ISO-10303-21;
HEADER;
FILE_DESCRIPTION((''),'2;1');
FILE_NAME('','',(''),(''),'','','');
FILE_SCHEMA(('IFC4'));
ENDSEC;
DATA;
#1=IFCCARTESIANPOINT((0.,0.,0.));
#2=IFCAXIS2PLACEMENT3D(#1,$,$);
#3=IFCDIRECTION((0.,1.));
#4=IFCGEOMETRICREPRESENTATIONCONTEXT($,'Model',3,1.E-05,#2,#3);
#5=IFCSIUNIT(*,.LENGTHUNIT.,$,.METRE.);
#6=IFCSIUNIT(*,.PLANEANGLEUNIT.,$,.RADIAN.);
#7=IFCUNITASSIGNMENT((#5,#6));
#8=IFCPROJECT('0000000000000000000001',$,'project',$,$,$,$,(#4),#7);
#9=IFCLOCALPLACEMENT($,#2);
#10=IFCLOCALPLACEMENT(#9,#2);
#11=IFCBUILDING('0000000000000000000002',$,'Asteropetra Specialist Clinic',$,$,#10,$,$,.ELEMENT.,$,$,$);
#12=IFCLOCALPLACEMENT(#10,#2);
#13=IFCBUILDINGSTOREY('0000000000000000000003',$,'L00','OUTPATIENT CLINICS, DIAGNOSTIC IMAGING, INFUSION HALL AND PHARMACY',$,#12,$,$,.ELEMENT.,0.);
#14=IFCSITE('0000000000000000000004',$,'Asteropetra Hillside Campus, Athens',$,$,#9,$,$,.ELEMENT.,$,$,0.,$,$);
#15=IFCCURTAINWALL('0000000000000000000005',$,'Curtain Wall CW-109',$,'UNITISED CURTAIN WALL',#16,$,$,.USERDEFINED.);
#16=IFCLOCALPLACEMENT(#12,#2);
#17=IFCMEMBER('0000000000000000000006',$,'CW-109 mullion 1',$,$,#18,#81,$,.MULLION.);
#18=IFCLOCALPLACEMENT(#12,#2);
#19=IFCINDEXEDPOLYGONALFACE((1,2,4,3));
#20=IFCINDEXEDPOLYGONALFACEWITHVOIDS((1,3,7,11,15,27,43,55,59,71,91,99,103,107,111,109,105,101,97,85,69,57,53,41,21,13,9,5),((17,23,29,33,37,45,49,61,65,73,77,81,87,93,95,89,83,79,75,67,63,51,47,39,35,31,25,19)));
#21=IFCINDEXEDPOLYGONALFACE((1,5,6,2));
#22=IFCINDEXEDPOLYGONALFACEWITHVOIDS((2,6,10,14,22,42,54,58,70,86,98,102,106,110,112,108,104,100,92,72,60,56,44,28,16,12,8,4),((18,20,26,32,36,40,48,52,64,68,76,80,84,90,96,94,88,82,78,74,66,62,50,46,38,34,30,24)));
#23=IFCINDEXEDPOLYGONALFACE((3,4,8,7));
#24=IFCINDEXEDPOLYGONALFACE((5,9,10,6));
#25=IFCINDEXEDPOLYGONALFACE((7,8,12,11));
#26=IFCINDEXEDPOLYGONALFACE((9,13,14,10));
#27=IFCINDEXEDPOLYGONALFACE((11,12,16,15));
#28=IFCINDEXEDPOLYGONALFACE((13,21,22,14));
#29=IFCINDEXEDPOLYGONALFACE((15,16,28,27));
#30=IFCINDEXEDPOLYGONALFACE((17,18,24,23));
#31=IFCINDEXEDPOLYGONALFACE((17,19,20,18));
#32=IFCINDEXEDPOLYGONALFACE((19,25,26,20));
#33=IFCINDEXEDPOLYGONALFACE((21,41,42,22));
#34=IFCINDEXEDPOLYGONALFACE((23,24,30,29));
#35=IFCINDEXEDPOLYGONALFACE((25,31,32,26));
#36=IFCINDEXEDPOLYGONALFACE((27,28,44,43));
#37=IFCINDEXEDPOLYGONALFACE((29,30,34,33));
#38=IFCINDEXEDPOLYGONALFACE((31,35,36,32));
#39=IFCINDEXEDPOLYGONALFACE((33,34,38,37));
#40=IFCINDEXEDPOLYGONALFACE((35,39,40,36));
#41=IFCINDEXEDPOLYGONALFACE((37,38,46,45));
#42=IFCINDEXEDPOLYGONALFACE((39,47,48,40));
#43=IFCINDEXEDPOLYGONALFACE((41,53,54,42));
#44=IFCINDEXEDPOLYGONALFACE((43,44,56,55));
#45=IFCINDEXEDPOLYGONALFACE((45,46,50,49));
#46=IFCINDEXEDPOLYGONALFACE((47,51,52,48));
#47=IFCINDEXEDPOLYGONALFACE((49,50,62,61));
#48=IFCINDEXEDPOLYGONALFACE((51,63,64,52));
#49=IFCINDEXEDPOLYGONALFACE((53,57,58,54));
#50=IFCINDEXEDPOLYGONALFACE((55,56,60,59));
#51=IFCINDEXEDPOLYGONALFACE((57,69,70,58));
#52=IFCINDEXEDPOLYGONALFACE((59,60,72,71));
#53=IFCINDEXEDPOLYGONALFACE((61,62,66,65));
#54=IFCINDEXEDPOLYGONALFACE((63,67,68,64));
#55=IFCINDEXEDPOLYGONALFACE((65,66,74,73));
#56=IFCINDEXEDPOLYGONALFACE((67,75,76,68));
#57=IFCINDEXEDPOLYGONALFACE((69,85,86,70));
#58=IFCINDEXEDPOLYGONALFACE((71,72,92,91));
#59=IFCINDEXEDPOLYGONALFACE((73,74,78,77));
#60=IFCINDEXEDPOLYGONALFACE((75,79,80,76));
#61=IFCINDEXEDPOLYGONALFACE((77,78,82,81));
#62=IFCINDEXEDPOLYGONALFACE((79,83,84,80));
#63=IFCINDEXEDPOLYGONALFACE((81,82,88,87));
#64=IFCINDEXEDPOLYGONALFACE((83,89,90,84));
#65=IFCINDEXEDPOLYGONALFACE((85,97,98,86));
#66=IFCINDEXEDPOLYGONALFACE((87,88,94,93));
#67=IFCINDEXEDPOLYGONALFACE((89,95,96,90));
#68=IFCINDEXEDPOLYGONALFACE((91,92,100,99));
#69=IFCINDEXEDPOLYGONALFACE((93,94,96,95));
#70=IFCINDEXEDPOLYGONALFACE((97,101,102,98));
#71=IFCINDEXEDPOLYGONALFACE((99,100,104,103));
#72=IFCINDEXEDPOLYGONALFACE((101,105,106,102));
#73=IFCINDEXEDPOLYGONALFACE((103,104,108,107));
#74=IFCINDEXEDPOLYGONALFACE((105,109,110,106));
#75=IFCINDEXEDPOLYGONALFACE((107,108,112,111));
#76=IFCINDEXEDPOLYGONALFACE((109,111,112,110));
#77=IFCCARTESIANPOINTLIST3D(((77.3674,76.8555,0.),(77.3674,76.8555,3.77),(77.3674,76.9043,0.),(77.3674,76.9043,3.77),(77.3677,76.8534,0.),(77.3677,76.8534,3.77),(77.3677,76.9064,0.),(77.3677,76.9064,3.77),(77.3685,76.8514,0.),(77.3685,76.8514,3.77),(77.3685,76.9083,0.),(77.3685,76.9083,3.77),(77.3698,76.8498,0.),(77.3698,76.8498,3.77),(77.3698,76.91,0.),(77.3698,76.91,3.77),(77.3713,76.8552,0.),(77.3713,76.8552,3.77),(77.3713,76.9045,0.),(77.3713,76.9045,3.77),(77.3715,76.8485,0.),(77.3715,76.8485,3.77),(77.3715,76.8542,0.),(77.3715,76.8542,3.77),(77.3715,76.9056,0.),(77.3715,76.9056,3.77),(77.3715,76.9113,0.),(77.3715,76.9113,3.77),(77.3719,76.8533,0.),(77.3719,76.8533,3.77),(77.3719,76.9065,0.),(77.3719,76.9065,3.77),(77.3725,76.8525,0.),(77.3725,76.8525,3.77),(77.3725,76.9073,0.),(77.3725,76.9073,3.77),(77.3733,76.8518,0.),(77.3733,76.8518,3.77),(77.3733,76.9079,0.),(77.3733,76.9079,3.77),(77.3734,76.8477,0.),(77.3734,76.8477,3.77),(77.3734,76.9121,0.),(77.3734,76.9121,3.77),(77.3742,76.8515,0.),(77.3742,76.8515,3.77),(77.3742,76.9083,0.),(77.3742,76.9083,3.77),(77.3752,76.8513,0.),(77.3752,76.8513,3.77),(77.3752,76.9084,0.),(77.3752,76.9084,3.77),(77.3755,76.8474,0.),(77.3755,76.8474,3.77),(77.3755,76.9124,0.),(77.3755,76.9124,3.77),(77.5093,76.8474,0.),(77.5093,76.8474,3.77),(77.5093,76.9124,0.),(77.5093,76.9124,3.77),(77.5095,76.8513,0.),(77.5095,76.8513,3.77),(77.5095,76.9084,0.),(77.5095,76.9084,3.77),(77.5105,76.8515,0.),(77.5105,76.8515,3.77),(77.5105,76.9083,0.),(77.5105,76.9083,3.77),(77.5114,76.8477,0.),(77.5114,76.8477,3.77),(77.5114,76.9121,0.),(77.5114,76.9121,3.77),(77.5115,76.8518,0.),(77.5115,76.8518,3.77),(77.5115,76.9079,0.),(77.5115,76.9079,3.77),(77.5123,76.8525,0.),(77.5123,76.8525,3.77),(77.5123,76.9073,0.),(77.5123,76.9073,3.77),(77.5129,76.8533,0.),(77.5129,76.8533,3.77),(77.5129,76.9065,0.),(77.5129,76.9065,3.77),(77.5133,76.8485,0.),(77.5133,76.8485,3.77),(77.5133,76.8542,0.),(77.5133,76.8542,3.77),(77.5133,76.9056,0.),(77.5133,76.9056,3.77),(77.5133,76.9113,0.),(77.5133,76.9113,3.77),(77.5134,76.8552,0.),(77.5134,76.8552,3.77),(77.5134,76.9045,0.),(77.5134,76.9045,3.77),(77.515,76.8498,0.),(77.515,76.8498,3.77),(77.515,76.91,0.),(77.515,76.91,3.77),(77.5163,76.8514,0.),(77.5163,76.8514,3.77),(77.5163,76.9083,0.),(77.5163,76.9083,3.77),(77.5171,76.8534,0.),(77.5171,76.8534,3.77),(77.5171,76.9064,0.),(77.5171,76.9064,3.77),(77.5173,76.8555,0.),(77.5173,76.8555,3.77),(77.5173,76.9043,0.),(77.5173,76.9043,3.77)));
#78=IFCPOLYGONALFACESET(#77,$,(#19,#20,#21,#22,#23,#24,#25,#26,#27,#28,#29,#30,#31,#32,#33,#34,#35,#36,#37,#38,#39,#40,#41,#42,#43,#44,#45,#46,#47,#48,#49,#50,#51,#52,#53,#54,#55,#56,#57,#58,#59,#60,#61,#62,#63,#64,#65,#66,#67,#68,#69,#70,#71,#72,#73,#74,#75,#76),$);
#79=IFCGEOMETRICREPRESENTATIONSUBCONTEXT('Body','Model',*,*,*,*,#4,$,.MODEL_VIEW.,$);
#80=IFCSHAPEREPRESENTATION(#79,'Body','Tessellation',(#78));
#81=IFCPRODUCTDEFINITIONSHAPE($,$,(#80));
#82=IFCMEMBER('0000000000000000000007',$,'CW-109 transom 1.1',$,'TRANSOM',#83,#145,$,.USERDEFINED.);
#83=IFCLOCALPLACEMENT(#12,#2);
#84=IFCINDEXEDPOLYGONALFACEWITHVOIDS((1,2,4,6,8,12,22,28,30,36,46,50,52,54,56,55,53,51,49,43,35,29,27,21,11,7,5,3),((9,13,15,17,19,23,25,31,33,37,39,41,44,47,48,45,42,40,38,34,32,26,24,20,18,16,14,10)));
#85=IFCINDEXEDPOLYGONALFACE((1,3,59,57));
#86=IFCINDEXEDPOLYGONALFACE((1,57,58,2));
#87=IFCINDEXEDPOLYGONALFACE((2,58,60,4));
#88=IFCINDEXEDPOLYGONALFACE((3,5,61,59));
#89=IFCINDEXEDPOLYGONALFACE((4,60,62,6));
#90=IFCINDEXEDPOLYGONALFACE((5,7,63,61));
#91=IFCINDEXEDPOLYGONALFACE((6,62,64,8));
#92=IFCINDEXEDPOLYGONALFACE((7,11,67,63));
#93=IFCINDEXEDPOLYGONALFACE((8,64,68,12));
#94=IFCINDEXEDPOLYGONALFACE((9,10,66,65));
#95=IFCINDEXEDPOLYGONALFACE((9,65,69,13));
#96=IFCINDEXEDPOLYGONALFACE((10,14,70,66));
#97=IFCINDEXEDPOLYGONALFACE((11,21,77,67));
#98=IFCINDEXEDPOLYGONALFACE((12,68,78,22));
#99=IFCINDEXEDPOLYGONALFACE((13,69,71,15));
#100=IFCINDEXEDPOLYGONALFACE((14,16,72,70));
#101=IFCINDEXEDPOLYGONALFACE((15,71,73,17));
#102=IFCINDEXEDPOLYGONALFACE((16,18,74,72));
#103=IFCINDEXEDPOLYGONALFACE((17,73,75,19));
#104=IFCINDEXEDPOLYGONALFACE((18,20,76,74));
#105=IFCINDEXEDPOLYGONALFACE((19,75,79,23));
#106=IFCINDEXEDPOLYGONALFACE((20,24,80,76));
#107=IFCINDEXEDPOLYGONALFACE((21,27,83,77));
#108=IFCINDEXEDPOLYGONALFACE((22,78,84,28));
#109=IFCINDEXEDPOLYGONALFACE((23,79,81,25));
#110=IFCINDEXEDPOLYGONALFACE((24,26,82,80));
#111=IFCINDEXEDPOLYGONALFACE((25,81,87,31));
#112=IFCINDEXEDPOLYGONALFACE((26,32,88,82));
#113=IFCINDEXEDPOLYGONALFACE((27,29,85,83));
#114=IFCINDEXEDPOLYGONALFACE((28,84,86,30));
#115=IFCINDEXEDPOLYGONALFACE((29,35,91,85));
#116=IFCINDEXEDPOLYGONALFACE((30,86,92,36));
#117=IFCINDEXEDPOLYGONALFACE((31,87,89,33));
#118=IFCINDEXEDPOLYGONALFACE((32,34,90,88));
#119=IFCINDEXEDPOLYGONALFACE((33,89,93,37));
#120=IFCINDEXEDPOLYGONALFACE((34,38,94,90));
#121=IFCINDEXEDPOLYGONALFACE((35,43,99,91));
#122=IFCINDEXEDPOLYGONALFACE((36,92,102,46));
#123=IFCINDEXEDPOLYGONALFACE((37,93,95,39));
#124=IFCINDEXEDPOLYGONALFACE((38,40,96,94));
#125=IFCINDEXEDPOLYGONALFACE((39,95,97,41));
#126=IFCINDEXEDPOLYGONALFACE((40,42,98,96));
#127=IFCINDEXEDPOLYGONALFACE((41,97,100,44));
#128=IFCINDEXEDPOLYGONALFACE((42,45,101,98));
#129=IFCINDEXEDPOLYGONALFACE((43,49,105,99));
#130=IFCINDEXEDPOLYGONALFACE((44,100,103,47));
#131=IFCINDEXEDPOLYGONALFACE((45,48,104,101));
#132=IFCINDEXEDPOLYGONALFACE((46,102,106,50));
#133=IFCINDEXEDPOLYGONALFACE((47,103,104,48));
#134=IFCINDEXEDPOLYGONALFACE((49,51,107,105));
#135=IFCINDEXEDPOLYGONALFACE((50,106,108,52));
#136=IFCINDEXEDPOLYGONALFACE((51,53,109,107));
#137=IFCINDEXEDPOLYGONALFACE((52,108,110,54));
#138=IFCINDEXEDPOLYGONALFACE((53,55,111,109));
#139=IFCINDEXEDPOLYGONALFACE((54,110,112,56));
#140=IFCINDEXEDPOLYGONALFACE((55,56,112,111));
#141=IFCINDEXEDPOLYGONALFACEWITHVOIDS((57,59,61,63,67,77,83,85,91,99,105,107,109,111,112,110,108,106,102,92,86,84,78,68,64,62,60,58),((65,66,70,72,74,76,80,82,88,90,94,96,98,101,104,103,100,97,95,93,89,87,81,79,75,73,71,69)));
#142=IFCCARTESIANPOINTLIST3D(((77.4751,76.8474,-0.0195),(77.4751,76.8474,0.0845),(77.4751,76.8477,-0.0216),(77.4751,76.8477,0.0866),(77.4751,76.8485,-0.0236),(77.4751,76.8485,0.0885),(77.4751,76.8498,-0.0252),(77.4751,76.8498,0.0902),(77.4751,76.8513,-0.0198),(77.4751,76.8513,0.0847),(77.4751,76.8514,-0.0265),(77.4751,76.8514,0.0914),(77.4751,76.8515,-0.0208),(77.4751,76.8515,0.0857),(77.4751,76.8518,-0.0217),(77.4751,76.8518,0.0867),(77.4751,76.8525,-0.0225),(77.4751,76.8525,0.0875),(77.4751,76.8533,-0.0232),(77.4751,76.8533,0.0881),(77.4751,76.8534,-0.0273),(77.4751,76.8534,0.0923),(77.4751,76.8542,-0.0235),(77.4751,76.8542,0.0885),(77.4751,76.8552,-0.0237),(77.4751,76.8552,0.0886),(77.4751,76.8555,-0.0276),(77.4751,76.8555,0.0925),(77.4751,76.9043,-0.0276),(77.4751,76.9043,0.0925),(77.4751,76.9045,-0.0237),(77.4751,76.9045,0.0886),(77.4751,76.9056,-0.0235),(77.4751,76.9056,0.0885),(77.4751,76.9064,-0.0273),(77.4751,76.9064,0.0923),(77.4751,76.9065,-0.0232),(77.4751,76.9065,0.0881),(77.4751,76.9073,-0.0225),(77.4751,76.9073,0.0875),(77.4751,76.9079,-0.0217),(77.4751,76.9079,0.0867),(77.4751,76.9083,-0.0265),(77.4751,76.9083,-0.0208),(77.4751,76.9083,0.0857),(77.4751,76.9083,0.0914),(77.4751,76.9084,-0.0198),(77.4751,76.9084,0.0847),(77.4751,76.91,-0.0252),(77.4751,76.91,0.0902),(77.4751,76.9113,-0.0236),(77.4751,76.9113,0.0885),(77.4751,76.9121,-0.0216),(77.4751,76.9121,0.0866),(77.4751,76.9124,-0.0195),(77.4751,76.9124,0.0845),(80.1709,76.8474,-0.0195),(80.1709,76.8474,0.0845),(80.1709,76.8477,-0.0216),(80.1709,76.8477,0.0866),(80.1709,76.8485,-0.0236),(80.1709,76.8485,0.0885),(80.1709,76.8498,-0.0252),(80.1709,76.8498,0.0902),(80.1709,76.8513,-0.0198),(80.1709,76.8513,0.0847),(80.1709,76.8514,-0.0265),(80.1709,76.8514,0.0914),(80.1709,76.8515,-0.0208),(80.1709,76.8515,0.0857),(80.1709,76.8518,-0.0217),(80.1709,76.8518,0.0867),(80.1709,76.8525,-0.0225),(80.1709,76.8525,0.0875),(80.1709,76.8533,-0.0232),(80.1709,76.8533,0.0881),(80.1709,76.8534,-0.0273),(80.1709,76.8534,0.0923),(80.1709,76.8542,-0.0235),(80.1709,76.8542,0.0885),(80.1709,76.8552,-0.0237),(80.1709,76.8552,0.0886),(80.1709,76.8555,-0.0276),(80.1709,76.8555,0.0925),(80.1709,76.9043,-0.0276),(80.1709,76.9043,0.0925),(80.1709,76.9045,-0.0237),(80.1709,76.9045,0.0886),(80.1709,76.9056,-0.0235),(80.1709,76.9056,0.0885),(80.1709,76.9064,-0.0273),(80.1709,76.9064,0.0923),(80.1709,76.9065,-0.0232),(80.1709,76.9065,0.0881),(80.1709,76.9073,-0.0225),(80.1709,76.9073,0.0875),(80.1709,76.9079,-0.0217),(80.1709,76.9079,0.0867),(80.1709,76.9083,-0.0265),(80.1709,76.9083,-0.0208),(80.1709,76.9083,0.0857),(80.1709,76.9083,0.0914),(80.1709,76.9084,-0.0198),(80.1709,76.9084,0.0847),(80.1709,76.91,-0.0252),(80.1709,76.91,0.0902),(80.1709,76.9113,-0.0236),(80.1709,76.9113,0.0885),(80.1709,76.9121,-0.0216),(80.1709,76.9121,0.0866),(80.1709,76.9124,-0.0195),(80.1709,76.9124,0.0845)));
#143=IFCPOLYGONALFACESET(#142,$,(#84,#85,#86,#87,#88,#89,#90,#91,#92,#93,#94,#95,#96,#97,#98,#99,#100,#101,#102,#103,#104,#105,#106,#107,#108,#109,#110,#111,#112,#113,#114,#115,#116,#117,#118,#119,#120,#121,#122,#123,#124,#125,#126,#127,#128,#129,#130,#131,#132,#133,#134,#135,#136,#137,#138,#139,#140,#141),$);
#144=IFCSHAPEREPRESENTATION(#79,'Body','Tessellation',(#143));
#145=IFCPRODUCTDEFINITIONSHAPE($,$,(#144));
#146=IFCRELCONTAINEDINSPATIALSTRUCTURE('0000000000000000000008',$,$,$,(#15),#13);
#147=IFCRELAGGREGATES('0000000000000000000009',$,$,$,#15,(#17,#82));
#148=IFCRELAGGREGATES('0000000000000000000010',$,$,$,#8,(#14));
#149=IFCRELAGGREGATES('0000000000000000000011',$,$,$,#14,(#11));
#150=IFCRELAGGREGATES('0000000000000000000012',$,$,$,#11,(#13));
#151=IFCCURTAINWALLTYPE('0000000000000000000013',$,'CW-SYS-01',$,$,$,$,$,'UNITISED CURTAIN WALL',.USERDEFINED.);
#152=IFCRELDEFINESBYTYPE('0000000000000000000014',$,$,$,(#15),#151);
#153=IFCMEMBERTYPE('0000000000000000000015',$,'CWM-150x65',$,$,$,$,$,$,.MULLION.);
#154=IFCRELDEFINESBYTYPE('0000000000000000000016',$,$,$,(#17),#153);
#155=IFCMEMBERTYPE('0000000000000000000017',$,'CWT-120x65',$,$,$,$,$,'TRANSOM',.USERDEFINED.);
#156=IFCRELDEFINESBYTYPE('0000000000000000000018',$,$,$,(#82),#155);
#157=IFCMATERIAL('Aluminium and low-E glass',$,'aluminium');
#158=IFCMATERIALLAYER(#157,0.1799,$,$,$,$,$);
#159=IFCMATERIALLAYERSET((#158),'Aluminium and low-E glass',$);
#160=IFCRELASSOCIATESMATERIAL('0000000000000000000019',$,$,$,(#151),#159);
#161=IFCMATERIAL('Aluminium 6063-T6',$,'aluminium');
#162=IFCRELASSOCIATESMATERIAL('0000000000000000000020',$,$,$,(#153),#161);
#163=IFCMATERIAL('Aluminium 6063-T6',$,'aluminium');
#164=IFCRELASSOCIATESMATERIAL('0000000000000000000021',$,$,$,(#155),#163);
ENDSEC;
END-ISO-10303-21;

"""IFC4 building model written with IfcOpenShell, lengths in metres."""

from ifc_helpers import new_model, si_unit, direction, frame, origin, origin_2d, place, context, subcontext, project, spatial, hollow_rectangle, extrude, material, layer, layer_set, material_profile, profile_set, type_object, element, aggregate, save


model = new_model("IFC4")

# Units and contexts
model_context = context("Model", 3, precision=1e-05, world=origin(), true_north=direction((0.0, 1.0)))
body_context = subcontext(model_context, "Body", "Model", "MODEL_VIEW")
ifc_project = project(units=[si_unit("LENGTHUNIT", "METRE"), si_unit("PLANEANGLEUNIT", "RADIAN")], contexts=[model_context])

# Site, building, storey
site_placement = place(None, origin())
site = spatial("IfcSite", under=ifc_project, at=site_placement, Name="Asteropetra Hillside Campus, Athens", CompositionType="ELEMENT", RefElevation=0.0)
building_placement = place(site_placement, origin())
building = spatial("IfcBuilding", under=site, at=building_placement, Name="Asteropetra Specialist Clinic", CompositionType="ELEMENT")
storey_placement = place(building_placement, origin())
storey = spatial("IfcBuildingStorey", under=building, at=storey_placement, Name="L00", Description="OUTPATIENT CLINICS, DIAGNOSTIC IMAGING, INFUSION HALL AND PHARMACY", CompositionType="ELEMENT", Elevation=0.0)

# Curtain wall, members
ifc_material_1 = material(Name="Aluminium and low-E glass", Category="aluminium")
ifc_layer_1 = layer(ifc_material_1, 0.1799)
ifc_layer_set_1 = layer_set([ifc_layer_1], Name="Aluminium and low-E glass")
curtain_wall_type = type_object("IfcCurtainWallType", Name="CW-SYS-01", ElementType="UNITISED CURTAIN WALL", PredefinedType="USERDEFINED", material=ifc_layer_set_1)
curtain_wall_placement = place(storey_placement, origin())
curtain_wall = element("IfcCurtainWall", 1, at=curtain_wall_placement, inside=storey, type_object=curtain_wall_type, Name="Curtain Wall CW-109", ObjectType="UNITISED CURTAIN WALL", PredefinedType="USERDEFINED")
ifc_material_2 = material(Name="Aluminium 6063-T6", Category="aluminium")
ifc_material_profile_1 = material_profile(ifc_material_2, hollow_rectangle(XDim=0.0649, YDim=0.1499, WallThickness=0.0039, InnerFilletRadius=0.0039, OuterFilletRadius=0.0081, at=origin_2d()), Name="MUL 150x65x4.0")
ifc_profile_set_1 = profile_set([ifc_material_profile_1], Name="Aluminium 6063-T6")
member_type_1 = type_object("IfcMemberType", Name="CWM-150x65", PredefinedType="MULLION", material=ifc_profile_set_1)
member_1_placement = place(storey_placement, frame((77.4424, 76.8799, 0.0), z_axis=(0.0, 0.0, 1.0), x_axis=(0.0, 1.0, 0.0)))
member_1 = element("IfcMember", 2, at=member_1_placement, type_object=member_type_1, Name="CW-109 mullion 1", PredefinedType="MULLION", context=body_context, shape_type="SweptSolid", body=[
    extrude(hollow_rectangle(XDim=0.0649, YDim=0.1499, WallThickness=0.0039, InnerFilletRadius=0.0039, OuterFilletRadius=0.0081, at=origin_2d()), origin(), (0.0, 0.0, 1.0), 3.77),
])
ifc_material_3 = material(Name="Aluminium 6063-T6", Category="aluminium")
ifc_material_profile_2 = material_profile(ifc_material_3, hollow_rectangle(XDim=0.0649, YDim=0.1201, WallThickness=0.0039, InnerFilletRadius=0.0039, OuterFilletRadius=0.0081, at=origin_2d()), Name="TRN 120x65x4.0")
ifc_profile_set_2 = profile_set([ifc_material_profile_2], Name="Aluminium 6063-T6")
member_type_2 = type_object("IfcMemberType", Name="CWT-120x65", ElementType="TRANSOM", PredefinedType="USERDEFINED", material=ifc_profile_set_2)
member_2_placement = place(storey_placement, frame((77.4751, 76.8799, 0.0325), z_axis=(1.0, 0.0, 0.0), x_axis=(0.0, 1.0, 0.0)))
member_2 = element("IfcMember", 3, at=member_2_placement, type_object=member_type_2, Name="CW-109 transom 1.1", ObjectType="TRANSOM", PredefinedType="USERDEFINED", context=body_context, shape_type="SweptSolid", body=[
    extrude(hollow_rectangle(XDim=0.0649, YDim=0.1201, WallThickness=0.0039, InnerFilletRadius=0.0039, OuterFilletRadius=0.0081, at=origin_2d()), origin(), (0.0, 0.0, 1.0), 2.6958),
])
aggregate(curtain_wall, [member_1, member_2])

save(model, "model.ifc")
